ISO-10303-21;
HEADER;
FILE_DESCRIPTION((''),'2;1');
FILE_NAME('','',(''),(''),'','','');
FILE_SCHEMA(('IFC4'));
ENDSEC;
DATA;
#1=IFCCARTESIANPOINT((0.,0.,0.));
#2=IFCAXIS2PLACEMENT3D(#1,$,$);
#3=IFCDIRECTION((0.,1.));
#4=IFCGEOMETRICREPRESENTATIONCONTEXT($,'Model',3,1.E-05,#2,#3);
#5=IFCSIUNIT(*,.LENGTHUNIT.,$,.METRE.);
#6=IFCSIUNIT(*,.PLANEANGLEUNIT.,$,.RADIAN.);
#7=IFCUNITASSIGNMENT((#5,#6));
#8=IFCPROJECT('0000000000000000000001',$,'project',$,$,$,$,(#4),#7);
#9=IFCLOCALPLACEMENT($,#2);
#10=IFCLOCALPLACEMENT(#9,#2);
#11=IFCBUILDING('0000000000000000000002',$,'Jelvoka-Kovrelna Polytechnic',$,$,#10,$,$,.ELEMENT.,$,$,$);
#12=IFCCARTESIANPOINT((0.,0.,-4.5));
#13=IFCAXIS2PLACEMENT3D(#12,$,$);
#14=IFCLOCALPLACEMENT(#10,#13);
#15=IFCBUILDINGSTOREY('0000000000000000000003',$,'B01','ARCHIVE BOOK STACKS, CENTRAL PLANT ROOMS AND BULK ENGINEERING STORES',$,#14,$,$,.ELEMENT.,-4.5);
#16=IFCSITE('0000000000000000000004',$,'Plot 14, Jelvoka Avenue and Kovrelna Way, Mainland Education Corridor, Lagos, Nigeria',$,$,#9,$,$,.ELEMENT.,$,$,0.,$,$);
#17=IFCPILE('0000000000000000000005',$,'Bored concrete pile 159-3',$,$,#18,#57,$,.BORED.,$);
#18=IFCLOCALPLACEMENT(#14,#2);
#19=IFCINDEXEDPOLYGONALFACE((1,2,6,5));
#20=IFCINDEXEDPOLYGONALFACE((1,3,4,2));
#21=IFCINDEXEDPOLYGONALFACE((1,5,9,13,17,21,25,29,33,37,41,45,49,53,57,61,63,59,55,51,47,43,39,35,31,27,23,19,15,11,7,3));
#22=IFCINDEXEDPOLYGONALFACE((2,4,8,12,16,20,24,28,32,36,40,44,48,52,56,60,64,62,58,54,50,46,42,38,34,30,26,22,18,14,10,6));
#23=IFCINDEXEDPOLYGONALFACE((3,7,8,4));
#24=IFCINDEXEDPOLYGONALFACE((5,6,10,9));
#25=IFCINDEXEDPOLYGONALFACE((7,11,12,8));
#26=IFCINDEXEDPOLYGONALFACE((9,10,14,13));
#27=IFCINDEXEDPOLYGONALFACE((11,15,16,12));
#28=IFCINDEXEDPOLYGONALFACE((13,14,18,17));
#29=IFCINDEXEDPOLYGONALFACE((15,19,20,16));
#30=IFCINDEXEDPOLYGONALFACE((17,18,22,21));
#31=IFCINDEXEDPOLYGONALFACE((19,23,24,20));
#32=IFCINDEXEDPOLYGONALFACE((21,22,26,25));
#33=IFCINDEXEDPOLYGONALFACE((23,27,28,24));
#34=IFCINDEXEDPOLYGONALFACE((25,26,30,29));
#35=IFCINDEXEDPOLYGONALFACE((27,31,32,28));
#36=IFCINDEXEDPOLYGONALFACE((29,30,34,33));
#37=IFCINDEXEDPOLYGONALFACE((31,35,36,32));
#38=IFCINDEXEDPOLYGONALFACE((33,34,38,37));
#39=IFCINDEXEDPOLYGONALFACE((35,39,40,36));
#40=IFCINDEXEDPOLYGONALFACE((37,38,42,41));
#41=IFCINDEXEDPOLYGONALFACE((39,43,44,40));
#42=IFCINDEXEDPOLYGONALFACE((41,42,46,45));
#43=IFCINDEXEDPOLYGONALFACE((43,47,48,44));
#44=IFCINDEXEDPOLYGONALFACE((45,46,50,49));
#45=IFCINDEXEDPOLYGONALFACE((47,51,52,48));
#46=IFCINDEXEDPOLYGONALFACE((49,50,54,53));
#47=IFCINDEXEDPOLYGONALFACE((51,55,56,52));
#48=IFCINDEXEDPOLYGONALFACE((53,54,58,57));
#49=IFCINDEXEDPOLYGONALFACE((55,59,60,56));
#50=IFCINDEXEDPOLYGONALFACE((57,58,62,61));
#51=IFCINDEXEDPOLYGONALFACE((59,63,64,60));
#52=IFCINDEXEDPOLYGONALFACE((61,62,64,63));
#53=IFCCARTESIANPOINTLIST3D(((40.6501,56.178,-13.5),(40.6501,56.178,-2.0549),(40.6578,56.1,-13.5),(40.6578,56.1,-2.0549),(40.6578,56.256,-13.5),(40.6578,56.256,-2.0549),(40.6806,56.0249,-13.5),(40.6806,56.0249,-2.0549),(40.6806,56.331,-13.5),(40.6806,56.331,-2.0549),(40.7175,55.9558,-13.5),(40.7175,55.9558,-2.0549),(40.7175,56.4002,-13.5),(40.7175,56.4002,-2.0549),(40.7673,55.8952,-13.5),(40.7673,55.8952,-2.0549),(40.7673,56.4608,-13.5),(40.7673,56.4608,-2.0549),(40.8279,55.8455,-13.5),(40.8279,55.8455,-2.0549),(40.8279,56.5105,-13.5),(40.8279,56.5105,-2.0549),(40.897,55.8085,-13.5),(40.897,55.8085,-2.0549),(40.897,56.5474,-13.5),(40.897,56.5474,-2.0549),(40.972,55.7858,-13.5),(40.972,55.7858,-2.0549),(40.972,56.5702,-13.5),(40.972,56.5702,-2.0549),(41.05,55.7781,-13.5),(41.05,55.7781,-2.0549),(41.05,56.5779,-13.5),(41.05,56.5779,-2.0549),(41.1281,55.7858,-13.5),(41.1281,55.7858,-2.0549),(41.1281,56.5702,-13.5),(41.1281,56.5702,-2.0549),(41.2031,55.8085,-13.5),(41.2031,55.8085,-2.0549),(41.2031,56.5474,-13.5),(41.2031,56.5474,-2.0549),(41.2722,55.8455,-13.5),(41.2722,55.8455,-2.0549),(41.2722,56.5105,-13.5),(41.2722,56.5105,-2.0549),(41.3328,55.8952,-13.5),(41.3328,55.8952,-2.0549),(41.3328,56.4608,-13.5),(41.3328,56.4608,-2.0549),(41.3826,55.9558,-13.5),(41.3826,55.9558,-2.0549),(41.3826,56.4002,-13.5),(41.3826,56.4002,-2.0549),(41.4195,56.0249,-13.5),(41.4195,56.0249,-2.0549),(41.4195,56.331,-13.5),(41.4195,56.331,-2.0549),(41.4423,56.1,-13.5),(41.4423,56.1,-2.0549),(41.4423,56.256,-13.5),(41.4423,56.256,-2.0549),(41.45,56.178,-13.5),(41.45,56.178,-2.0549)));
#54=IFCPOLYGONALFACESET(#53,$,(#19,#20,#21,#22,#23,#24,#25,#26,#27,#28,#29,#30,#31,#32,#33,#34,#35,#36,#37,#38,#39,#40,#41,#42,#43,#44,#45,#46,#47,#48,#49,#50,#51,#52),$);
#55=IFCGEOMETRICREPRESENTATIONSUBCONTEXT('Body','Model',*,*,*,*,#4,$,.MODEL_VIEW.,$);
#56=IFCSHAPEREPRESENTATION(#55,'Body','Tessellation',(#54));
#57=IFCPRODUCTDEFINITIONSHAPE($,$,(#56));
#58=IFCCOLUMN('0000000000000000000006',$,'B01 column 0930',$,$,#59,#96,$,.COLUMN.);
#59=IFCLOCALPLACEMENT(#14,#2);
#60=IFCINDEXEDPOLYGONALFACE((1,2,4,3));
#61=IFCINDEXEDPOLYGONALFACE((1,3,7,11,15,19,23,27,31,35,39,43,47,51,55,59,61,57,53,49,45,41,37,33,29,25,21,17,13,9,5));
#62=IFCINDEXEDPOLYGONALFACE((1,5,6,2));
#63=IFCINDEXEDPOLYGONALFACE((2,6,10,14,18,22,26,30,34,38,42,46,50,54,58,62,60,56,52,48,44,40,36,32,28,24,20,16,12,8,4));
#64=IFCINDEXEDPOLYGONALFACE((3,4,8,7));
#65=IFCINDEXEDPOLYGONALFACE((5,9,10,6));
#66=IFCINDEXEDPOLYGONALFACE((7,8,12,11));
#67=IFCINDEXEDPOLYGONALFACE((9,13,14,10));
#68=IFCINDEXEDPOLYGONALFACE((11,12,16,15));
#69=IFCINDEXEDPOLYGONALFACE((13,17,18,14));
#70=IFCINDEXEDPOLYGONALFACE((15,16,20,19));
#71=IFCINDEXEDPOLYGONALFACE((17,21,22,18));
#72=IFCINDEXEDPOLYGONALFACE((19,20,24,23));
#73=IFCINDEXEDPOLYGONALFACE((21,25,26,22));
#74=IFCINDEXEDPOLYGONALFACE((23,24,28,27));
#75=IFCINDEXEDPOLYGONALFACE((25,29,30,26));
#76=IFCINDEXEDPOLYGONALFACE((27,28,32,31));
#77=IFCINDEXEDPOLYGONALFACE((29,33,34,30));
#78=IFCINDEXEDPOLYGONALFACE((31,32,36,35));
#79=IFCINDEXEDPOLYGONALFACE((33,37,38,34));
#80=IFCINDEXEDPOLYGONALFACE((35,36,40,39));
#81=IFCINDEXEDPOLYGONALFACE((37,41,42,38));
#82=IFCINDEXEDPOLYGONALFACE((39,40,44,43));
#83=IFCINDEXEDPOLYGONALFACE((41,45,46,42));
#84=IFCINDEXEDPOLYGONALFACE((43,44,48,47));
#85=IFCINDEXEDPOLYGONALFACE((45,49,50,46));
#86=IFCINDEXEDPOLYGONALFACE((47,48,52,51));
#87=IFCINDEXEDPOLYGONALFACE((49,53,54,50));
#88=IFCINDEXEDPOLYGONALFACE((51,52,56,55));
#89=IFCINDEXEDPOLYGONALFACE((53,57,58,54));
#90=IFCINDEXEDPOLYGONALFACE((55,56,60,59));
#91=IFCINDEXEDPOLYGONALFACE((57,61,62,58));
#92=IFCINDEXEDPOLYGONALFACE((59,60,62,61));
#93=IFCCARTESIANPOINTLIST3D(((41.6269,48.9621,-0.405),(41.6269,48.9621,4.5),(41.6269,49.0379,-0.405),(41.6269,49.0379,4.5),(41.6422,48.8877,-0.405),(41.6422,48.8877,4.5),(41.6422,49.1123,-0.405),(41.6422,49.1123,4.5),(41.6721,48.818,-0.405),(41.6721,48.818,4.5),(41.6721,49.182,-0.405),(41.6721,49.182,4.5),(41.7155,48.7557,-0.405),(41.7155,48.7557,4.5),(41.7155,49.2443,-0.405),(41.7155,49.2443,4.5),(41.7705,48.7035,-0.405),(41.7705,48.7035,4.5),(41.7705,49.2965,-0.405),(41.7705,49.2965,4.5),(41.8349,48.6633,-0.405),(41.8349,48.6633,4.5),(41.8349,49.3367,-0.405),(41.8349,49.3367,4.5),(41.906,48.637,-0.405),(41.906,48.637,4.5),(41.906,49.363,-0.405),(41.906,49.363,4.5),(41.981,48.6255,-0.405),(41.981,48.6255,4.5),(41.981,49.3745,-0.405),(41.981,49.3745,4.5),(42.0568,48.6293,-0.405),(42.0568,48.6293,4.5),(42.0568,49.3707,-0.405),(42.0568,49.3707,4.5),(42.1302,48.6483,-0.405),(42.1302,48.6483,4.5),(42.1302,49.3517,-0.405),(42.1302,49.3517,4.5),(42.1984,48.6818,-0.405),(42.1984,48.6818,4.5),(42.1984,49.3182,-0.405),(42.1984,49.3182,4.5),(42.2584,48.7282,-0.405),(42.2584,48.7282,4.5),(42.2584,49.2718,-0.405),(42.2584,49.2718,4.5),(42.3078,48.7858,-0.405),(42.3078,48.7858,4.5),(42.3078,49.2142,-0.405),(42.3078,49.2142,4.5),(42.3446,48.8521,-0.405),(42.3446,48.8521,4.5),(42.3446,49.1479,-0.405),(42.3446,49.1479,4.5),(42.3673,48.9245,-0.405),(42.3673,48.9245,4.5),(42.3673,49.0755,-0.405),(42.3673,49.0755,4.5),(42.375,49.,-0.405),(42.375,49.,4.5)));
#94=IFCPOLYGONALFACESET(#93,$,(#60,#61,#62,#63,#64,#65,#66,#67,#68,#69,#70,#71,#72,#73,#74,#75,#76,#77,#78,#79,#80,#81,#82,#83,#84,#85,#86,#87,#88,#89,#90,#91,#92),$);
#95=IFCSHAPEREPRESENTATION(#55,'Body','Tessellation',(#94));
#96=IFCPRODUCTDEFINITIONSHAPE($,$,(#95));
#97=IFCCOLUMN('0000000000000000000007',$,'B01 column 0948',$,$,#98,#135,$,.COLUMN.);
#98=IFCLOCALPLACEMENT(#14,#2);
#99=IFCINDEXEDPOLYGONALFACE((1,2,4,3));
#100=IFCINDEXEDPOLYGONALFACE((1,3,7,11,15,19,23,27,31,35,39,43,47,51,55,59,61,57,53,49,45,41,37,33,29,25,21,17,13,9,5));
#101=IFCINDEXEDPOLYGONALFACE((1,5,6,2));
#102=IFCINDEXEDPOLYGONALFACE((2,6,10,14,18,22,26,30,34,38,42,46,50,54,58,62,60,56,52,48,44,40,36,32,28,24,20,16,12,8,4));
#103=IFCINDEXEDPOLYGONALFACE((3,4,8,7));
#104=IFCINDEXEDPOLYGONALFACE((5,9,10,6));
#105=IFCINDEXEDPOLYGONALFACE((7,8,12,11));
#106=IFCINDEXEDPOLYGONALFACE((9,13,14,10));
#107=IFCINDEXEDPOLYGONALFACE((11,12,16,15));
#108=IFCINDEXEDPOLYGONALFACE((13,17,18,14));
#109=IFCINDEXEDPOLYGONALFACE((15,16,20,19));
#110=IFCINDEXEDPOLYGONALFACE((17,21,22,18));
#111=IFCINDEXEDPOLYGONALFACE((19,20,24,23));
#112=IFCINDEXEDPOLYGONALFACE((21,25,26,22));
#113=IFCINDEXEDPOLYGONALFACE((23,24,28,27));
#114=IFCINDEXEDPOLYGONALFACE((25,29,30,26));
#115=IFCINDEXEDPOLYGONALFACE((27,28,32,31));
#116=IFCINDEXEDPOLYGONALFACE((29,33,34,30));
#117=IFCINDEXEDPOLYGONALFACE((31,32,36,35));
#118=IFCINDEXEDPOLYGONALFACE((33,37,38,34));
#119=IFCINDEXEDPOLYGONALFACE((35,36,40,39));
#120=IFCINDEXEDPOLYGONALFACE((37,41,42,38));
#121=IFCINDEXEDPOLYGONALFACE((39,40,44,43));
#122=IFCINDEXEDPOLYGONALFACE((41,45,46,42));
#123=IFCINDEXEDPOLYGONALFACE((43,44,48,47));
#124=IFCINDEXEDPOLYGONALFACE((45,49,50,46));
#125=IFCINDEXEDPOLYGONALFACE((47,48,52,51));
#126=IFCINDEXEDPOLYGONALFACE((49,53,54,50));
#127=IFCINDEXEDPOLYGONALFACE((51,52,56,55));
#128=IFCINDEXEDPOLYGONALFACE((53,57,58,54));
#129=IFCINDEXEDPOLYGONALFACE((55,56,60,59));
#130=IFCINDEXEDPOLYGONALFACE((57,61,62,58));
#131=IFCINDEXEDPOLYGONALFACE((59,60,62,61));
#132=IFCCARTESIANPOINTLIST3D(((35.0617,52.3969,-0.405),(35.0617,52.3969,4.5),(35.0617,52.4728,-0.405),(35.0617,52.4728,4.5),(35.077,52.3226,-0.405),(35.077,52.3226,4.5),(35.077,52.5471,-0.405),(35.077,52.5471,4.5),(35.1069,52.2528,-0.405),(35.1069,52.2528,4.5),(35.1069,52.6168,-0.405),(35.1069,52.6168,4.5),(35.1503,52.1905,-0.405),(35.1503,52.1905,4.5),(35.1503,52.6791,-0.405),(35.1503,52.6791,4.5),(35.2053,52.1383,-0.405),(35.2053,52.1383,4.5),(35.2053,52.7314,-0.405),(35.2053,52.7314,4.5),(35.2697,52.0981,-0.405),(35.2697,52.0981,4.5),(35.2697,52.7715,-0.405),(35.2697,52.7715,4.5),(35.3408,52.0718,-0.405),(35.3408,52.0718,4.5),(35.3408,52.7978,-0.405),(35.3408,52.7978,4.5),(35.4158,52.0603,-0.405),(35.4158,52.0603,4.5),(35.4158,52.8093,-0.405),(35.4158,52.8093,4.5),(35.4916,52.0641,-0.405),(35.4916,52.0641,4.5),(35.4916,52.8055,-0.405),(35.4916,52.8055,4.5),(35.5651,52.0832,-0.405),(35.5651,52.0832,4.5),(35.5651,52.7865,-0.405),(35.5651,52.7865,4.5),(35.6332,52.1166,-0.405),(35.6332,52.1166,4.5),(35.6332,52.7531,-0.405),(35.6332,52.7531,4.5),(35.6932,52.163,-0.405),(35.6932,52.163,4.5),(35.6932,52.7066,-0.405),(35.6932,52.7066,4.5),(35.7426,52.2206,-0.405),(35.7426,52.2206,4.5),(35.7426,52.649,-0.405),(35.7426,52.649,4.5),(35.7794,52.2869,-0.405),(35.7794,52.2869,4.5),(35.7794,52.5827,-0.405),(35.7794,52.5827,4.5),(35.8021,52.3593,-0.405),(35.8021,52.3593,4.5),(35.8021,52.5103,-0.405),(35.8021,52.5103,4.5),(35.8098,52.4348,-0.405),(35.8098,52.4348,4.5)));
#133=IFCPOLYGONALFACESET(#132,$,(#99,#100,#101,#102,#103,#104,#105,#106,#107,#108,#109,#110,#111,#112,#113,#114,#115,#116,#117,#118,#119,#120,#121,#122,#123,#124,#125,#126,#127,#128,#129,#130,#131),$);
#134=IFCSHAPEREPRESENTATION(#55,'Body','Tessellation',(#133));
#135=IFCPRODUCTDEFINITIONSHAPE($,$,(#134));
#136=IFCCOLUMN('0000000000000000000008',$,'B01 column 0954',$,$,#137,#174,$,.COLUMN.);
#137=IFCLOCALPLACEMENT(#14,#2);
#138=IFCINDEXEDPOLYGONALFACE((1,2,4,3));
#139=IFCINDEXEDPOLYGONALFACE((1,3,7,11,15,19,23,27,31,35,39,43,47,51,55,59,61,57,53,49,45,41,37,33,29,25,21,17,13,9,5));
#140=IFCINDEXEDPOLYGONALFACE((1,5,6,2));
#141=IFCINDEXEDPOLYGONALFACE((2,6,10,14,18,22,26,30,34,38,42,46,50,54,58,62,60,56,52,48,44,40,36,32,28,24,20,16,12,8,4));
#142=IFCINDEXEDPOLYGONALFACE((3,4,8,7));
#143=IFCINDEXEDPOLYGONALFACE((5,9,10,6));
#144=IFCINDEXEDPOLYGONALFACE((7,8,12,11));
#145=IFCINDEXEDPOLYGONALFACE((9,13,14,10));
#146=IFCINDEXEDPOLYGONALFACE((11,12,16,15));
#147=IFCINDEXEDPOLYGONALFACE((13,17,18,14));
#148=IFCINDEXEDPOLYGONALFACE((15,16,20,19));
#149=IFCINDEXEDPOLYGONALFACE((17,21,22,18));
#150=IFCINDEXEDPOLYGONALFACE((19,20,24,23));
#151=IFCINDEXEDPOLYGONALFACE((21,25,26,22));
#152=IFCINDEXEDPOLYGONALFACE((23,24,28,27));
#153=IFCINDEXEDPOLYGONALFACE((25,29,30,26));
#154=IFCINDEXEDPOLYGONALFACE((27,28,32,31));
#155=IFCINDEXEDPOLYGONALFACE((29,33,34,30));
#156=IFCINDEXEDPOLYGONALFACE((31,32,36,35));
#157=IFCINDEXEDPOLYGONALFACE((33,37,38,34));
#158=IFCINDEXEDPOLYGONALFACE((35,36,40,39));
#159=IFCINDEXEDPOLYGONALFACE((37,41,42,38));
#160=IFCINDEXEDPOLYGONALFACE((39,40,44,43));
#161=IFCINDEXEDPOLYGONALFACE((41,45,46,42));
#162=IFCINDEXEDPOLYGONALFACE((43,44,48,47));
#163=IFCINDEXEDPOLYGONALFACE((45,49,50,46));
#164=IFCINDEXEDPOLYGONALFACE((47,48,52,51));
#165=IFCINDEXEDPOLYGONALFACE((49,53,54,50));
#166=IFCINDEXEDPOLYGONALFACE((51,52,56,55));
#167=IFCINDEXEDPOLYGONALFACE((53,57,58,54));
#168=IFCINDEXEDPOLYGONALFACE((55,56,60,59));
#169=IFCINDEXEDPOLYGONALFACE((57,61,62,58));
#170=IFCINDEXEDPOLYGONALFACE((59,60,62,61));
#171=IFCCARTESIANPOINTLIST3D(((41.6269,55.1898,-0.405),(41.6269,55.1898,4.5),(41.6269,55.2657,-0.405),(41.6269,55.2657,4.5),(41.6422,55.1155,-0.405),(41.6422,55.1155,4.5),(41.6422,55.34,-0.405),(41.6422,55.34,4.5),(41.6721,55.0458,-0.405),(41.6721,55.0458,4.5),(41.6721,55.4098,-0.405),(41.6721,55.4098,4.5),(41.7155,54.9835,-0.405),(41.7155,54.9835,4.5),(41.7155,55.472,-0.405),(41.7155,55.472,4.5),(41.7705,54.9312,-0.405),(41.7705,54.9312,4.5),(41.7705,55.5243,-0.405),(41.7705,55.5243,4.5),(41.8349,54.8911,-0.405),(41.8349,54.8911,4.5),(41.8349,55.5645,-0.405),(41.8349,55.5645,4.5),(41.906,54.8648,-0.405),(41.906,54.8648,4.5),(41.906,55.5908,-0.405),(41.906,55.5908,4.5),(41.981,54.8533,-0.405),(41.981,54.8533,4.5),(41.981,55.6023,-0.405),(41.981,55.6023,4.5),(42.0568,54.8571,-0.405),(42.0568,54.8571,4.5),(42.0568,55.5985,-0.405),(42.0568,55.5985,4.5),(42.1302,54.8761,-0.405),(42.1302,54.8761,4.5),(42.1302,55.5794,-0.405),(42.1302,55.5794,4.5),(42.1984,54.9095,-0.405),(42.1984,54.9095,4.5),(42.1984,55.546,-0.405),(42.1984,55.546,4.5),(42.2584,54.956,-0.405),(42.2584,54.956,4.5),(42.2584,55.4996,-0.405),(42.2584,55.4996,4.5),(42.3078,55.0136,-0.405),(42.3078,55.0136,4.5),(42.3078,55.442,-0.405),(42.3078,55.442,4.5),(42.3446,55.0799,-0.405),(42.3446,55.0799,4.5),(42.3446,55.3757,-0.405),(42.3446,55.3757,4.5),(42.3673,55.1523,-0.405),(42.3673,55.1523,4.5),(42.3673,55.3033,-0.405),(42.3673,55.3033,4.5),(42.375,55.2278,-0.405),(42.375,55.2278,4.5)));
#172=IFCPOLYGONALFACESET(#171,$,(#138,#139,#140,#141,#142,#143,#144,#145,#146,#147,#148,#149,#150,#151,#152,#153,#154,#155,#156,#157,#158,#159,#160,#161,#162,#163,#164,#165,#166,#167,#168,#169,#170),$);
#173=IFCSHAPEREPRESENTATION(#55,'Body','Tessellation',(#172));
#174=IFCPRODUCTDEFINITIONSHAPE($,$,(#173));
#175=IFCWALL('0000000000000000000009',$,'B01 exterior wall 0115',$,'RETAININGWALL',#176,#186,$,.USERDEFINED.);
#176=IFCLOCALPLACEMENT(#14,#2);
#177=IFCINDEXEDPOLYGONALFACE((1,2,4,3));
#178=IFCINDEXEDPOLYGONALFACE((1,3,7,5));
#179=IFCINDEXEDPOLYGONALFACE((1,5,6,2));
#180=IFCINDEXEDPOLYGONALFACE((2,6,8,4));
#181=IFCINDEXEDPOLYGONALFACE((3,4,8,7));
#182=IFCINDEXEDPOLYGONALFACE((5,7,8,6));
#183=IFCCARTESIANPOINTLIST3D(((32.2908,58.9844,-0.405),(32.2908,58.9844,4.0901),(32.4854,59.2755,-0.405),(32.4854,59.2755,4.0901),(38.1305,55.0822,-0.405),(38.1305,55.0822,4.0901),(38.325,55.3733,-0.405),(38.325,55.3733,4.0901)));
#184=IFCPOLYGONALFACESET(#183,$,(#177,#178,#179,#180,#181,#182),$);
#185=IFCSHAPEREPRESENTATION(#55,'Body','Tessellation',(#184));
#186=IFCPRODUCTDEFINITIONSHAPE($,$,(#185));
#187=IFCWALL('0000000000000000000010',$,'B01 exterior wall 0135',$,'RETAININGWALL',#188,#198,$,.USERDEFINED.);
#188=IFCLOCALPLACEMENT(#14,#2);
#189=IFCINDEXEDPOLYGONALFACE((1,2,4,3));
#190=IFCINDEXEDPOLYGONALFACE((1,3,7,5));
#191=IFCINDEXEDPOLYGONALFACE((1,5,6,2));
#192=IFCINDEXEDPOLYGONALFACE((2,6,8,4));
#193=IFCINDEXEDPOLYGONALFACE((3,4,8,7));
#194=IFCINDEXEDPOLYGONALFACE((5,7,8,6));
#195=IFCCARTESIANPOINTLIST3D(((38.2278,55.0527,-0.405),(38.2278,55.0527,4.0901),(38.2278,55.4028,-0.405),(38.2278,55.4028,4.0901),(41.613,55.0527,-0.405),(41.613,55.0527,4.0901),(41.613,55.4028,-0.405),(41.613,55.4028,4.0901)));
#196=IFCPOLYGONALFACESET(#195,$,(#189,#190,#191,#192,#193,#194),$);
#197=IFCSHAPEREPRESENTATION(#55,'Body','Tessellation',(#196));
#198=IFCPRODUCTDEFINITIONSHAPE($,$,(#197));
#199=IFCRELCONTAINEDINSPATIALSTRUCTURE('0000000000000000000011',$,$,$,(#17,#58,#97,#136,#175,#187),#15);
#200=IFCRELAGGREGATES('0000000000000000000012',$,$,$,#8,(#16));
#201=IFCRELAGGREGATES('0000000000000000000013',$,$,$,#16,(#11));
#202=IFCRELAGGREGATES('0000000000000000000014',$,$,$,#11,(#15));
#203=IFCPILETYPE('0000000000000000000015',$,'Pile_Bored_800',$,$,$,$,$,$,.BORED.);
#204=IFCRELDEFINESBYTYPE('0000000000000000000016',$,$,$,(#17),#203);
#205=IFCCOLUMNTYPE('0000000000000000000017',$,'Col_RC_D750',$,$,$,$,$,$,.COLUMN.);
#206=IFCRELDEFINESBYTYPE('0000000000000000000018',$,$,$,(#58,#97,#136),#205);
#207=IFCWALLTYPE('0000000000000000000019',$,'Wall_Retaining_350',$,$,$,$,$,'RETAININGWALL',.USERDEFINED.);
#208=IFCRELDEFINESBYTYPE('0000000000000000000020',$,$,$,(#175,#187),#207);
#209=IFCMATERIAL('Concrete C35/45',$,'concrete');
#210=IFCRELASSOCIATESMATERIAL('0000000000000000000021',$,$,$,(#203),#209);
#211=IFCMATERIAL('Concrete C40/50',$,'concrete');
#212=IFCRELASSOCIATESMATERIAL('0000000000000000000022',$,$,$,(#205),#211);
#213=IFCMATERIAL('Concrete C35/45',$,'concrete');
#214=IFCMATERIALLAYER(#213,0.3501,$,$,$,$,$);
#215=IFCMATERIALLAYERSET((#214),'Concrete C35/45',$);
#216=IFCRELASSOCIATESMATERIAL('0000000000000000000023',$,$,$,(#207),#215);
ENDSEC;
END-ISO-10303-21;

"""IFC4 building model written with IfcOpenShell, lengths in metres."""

from ifc_helpers import new_model, si_unit, direction, frame, frame_2d, origin, origin_2d, place, context, subcontext, project, spatial, rectangle, circle, extrude, material, layer, layer_set, material_profile, profile_set, type_object, element, save


model = new_model("IFC4")

# Units and contexts
model_context = context("Model", 3, precision=1e-05, world=origin(), true_north=direction((0.0, 1.0)))
body_context = subcontext(model_context, "Body", "Model", "MODEL_VIEW")
ifc_project = project(units=[si_unit("LENGTHUNIT", "METRE"), si_unit("PLANEANGLEUNIT", "RADIAN")], contexts=[model_context])

# Site, building, storey
site_placement = place(None, origin())
site = spatial("IfcSite", under=ifc_project, at=site_placement, Name="Plot 14, Jelvoka Avenue and Kovrelna Way, Mainland Education Corridor, Lagos, Nigeria", CompositionType="ELEMENT", RefElevation=0.0)
building_placement = place(site_placement, origin())
building = spatial("IfcBuilding", under=site, at=building_placement, Name="Jelvoka-Kovrelna Polytechnic", CompositionType="ELEMENT")
storey_placement = place(building_placement, frame((0.0, 0.0, -4.5)))
storey = spatial("IfcBuildingStorey", under=building, at=storey_placement, Name="B01", Description="ARCHIVE BOOK STACKS, CENTRAL PLANT ROOMS AND BULK ENGINEERING STORES", CompositionType="ELEMENT", Elevation=-4.5)

# Pile
ifc_material_1 = material(Name="Concrete C35/45", Category="concrete")
ifc_material_profile_1 = material_profile(ifc_material_1, circle(Radius=0.3999, at=origin_2d()), Name="PILE D800")
ifc_profile_set_1 = profile_set([ifc_material_profile_1], Name="Concrete C35/45")
pile_type = type_object("IfcPileType", Name="Pile_Bored_800", PredefinedType="BORED", material=ifc_profile_set_1)
for number, where, z_axis, x_axis, name in (
    (1, (41.05, 56.178, -2.0549), (0.0, 0.0, -1.0), (1.0, 0.0, 0.0), "Bored concrete pile 159-3"),
):
    element("IfcPile", number, at=place(storey_placement, frame(where, z_axis=z_axis, x_axis=x_axis)), inside=storey, type_object=pile_type, Name=name, PredefinedType="BORED", context=body_context, shape_type="SweptSolid", body=[
        extrude(circle(Radius=0.3999, at=origin_2d()), origin(), (0.0, 0.0, 1.0), 11.4451),
    ])

# Columns
ifc_material_2 = material(Name="Concrete C40/50", Category="concrete")
ifc_material_profile_2 = material_profile(ifc_material_2, circle(Radius=0.375, at=origin_2d()), Name="RC D750")
ifc_profile_set_2 = profile_set([ifc_material_profile_2], Name="Concrete C40/50")
column_type = type_object("IfcColumnType", Name="Col_RC_D750", PredefinedType="COLUMN", material=ifc_profile_set_2)
for number, where, z_axis, x_axis, name in (
    (2, (42.0, 49.0, -0.405), (0.0, 0.0, 1.0), (1.0, 0.0, 0.0), "B01 column 0930"),
    (3, (35.4348, 52.4348, -0.405), (0.0, 0.0, 1.0), (1.0, 0.0, 0.0), "B01 column 0948"),
    (4, (42.0, 55.2278, -0.405), (0.0, 0.0, 1.0), (1.0, 0.0, 0.0), "B01 column 0954"),
):
    element("IfcColumn", number, at=place(storey_placement, frame(where, z_axis=z_axis, x_axis=x_axis)), inside=storey, type_object=column_type, Name=name, PredefinedType="COLUMN", context=body_context, shape_type="SweptSolid", body=[
        extrude(circle(Radius=0.375, at=origin_2d()), origin(), (0.0, 0.0, 1.0), 4.905),
    ])

# Walls
ifc_material_3 = material(Name="Concrete C35/45", Category="concrete")
ifc_layer = layer(ifc_material_3, 0.3501)
ifc_layer_set = layer_set([ifc_layer], Name="Concrete C35/45")
wall_type = type_object("IfcWallType", Name="Wall_Retaining_350", ElementType="RETAININGWALL", PredefinedType="USERDEFINED", material=ifc_layer_set)
wall_1_placement = place(storey_placement, frame((38.2278, 55.2278, -0.405), z_axis=(0.0, 0.0, 1.0), x_axis=(-0.831456, 0.55559, 0.0)))
element("IfcWall", 5, at=wall_1_placement, inside=storey, type_object=wall_type, Name="B01 exterior wall 0115", ObjectType="RETAININGWALL", PredefinedType="USERDEFINED", context=body_context, shape_type="SweptSolid", body=[
    extrude(rectangle(XDim=7.0234, YDim=0.3501, at=frame_2d((3.5117, 0.0))), origin(), (0.0, 0.0, 1.0), 4.4951),
])
wall_2_placement = place(storey_placement, frame((38.2278, 55.2278, -0.405), z_axis=(0.0, 0.0, 1.0), x_axis=(1.0, 0.0, 0.0)))
element("IfcWall", 6, at=wall_2_placement, inside=storey, type_object=wall_type, Name="B01 exterior wall 0135", ObjectType="RETAININGWALL", PredefinedType="USERDEFINED", context=body_context, shape_type="SweptSolid", body=[
    extrude(rectangle(XDim=3.3853, YDim=0.3501, at=frame_2d((1.6926, 0.0))), origin(), (0.0, 0.0, 1.0), 4.4951),
])

save(model, "model.ifc")
